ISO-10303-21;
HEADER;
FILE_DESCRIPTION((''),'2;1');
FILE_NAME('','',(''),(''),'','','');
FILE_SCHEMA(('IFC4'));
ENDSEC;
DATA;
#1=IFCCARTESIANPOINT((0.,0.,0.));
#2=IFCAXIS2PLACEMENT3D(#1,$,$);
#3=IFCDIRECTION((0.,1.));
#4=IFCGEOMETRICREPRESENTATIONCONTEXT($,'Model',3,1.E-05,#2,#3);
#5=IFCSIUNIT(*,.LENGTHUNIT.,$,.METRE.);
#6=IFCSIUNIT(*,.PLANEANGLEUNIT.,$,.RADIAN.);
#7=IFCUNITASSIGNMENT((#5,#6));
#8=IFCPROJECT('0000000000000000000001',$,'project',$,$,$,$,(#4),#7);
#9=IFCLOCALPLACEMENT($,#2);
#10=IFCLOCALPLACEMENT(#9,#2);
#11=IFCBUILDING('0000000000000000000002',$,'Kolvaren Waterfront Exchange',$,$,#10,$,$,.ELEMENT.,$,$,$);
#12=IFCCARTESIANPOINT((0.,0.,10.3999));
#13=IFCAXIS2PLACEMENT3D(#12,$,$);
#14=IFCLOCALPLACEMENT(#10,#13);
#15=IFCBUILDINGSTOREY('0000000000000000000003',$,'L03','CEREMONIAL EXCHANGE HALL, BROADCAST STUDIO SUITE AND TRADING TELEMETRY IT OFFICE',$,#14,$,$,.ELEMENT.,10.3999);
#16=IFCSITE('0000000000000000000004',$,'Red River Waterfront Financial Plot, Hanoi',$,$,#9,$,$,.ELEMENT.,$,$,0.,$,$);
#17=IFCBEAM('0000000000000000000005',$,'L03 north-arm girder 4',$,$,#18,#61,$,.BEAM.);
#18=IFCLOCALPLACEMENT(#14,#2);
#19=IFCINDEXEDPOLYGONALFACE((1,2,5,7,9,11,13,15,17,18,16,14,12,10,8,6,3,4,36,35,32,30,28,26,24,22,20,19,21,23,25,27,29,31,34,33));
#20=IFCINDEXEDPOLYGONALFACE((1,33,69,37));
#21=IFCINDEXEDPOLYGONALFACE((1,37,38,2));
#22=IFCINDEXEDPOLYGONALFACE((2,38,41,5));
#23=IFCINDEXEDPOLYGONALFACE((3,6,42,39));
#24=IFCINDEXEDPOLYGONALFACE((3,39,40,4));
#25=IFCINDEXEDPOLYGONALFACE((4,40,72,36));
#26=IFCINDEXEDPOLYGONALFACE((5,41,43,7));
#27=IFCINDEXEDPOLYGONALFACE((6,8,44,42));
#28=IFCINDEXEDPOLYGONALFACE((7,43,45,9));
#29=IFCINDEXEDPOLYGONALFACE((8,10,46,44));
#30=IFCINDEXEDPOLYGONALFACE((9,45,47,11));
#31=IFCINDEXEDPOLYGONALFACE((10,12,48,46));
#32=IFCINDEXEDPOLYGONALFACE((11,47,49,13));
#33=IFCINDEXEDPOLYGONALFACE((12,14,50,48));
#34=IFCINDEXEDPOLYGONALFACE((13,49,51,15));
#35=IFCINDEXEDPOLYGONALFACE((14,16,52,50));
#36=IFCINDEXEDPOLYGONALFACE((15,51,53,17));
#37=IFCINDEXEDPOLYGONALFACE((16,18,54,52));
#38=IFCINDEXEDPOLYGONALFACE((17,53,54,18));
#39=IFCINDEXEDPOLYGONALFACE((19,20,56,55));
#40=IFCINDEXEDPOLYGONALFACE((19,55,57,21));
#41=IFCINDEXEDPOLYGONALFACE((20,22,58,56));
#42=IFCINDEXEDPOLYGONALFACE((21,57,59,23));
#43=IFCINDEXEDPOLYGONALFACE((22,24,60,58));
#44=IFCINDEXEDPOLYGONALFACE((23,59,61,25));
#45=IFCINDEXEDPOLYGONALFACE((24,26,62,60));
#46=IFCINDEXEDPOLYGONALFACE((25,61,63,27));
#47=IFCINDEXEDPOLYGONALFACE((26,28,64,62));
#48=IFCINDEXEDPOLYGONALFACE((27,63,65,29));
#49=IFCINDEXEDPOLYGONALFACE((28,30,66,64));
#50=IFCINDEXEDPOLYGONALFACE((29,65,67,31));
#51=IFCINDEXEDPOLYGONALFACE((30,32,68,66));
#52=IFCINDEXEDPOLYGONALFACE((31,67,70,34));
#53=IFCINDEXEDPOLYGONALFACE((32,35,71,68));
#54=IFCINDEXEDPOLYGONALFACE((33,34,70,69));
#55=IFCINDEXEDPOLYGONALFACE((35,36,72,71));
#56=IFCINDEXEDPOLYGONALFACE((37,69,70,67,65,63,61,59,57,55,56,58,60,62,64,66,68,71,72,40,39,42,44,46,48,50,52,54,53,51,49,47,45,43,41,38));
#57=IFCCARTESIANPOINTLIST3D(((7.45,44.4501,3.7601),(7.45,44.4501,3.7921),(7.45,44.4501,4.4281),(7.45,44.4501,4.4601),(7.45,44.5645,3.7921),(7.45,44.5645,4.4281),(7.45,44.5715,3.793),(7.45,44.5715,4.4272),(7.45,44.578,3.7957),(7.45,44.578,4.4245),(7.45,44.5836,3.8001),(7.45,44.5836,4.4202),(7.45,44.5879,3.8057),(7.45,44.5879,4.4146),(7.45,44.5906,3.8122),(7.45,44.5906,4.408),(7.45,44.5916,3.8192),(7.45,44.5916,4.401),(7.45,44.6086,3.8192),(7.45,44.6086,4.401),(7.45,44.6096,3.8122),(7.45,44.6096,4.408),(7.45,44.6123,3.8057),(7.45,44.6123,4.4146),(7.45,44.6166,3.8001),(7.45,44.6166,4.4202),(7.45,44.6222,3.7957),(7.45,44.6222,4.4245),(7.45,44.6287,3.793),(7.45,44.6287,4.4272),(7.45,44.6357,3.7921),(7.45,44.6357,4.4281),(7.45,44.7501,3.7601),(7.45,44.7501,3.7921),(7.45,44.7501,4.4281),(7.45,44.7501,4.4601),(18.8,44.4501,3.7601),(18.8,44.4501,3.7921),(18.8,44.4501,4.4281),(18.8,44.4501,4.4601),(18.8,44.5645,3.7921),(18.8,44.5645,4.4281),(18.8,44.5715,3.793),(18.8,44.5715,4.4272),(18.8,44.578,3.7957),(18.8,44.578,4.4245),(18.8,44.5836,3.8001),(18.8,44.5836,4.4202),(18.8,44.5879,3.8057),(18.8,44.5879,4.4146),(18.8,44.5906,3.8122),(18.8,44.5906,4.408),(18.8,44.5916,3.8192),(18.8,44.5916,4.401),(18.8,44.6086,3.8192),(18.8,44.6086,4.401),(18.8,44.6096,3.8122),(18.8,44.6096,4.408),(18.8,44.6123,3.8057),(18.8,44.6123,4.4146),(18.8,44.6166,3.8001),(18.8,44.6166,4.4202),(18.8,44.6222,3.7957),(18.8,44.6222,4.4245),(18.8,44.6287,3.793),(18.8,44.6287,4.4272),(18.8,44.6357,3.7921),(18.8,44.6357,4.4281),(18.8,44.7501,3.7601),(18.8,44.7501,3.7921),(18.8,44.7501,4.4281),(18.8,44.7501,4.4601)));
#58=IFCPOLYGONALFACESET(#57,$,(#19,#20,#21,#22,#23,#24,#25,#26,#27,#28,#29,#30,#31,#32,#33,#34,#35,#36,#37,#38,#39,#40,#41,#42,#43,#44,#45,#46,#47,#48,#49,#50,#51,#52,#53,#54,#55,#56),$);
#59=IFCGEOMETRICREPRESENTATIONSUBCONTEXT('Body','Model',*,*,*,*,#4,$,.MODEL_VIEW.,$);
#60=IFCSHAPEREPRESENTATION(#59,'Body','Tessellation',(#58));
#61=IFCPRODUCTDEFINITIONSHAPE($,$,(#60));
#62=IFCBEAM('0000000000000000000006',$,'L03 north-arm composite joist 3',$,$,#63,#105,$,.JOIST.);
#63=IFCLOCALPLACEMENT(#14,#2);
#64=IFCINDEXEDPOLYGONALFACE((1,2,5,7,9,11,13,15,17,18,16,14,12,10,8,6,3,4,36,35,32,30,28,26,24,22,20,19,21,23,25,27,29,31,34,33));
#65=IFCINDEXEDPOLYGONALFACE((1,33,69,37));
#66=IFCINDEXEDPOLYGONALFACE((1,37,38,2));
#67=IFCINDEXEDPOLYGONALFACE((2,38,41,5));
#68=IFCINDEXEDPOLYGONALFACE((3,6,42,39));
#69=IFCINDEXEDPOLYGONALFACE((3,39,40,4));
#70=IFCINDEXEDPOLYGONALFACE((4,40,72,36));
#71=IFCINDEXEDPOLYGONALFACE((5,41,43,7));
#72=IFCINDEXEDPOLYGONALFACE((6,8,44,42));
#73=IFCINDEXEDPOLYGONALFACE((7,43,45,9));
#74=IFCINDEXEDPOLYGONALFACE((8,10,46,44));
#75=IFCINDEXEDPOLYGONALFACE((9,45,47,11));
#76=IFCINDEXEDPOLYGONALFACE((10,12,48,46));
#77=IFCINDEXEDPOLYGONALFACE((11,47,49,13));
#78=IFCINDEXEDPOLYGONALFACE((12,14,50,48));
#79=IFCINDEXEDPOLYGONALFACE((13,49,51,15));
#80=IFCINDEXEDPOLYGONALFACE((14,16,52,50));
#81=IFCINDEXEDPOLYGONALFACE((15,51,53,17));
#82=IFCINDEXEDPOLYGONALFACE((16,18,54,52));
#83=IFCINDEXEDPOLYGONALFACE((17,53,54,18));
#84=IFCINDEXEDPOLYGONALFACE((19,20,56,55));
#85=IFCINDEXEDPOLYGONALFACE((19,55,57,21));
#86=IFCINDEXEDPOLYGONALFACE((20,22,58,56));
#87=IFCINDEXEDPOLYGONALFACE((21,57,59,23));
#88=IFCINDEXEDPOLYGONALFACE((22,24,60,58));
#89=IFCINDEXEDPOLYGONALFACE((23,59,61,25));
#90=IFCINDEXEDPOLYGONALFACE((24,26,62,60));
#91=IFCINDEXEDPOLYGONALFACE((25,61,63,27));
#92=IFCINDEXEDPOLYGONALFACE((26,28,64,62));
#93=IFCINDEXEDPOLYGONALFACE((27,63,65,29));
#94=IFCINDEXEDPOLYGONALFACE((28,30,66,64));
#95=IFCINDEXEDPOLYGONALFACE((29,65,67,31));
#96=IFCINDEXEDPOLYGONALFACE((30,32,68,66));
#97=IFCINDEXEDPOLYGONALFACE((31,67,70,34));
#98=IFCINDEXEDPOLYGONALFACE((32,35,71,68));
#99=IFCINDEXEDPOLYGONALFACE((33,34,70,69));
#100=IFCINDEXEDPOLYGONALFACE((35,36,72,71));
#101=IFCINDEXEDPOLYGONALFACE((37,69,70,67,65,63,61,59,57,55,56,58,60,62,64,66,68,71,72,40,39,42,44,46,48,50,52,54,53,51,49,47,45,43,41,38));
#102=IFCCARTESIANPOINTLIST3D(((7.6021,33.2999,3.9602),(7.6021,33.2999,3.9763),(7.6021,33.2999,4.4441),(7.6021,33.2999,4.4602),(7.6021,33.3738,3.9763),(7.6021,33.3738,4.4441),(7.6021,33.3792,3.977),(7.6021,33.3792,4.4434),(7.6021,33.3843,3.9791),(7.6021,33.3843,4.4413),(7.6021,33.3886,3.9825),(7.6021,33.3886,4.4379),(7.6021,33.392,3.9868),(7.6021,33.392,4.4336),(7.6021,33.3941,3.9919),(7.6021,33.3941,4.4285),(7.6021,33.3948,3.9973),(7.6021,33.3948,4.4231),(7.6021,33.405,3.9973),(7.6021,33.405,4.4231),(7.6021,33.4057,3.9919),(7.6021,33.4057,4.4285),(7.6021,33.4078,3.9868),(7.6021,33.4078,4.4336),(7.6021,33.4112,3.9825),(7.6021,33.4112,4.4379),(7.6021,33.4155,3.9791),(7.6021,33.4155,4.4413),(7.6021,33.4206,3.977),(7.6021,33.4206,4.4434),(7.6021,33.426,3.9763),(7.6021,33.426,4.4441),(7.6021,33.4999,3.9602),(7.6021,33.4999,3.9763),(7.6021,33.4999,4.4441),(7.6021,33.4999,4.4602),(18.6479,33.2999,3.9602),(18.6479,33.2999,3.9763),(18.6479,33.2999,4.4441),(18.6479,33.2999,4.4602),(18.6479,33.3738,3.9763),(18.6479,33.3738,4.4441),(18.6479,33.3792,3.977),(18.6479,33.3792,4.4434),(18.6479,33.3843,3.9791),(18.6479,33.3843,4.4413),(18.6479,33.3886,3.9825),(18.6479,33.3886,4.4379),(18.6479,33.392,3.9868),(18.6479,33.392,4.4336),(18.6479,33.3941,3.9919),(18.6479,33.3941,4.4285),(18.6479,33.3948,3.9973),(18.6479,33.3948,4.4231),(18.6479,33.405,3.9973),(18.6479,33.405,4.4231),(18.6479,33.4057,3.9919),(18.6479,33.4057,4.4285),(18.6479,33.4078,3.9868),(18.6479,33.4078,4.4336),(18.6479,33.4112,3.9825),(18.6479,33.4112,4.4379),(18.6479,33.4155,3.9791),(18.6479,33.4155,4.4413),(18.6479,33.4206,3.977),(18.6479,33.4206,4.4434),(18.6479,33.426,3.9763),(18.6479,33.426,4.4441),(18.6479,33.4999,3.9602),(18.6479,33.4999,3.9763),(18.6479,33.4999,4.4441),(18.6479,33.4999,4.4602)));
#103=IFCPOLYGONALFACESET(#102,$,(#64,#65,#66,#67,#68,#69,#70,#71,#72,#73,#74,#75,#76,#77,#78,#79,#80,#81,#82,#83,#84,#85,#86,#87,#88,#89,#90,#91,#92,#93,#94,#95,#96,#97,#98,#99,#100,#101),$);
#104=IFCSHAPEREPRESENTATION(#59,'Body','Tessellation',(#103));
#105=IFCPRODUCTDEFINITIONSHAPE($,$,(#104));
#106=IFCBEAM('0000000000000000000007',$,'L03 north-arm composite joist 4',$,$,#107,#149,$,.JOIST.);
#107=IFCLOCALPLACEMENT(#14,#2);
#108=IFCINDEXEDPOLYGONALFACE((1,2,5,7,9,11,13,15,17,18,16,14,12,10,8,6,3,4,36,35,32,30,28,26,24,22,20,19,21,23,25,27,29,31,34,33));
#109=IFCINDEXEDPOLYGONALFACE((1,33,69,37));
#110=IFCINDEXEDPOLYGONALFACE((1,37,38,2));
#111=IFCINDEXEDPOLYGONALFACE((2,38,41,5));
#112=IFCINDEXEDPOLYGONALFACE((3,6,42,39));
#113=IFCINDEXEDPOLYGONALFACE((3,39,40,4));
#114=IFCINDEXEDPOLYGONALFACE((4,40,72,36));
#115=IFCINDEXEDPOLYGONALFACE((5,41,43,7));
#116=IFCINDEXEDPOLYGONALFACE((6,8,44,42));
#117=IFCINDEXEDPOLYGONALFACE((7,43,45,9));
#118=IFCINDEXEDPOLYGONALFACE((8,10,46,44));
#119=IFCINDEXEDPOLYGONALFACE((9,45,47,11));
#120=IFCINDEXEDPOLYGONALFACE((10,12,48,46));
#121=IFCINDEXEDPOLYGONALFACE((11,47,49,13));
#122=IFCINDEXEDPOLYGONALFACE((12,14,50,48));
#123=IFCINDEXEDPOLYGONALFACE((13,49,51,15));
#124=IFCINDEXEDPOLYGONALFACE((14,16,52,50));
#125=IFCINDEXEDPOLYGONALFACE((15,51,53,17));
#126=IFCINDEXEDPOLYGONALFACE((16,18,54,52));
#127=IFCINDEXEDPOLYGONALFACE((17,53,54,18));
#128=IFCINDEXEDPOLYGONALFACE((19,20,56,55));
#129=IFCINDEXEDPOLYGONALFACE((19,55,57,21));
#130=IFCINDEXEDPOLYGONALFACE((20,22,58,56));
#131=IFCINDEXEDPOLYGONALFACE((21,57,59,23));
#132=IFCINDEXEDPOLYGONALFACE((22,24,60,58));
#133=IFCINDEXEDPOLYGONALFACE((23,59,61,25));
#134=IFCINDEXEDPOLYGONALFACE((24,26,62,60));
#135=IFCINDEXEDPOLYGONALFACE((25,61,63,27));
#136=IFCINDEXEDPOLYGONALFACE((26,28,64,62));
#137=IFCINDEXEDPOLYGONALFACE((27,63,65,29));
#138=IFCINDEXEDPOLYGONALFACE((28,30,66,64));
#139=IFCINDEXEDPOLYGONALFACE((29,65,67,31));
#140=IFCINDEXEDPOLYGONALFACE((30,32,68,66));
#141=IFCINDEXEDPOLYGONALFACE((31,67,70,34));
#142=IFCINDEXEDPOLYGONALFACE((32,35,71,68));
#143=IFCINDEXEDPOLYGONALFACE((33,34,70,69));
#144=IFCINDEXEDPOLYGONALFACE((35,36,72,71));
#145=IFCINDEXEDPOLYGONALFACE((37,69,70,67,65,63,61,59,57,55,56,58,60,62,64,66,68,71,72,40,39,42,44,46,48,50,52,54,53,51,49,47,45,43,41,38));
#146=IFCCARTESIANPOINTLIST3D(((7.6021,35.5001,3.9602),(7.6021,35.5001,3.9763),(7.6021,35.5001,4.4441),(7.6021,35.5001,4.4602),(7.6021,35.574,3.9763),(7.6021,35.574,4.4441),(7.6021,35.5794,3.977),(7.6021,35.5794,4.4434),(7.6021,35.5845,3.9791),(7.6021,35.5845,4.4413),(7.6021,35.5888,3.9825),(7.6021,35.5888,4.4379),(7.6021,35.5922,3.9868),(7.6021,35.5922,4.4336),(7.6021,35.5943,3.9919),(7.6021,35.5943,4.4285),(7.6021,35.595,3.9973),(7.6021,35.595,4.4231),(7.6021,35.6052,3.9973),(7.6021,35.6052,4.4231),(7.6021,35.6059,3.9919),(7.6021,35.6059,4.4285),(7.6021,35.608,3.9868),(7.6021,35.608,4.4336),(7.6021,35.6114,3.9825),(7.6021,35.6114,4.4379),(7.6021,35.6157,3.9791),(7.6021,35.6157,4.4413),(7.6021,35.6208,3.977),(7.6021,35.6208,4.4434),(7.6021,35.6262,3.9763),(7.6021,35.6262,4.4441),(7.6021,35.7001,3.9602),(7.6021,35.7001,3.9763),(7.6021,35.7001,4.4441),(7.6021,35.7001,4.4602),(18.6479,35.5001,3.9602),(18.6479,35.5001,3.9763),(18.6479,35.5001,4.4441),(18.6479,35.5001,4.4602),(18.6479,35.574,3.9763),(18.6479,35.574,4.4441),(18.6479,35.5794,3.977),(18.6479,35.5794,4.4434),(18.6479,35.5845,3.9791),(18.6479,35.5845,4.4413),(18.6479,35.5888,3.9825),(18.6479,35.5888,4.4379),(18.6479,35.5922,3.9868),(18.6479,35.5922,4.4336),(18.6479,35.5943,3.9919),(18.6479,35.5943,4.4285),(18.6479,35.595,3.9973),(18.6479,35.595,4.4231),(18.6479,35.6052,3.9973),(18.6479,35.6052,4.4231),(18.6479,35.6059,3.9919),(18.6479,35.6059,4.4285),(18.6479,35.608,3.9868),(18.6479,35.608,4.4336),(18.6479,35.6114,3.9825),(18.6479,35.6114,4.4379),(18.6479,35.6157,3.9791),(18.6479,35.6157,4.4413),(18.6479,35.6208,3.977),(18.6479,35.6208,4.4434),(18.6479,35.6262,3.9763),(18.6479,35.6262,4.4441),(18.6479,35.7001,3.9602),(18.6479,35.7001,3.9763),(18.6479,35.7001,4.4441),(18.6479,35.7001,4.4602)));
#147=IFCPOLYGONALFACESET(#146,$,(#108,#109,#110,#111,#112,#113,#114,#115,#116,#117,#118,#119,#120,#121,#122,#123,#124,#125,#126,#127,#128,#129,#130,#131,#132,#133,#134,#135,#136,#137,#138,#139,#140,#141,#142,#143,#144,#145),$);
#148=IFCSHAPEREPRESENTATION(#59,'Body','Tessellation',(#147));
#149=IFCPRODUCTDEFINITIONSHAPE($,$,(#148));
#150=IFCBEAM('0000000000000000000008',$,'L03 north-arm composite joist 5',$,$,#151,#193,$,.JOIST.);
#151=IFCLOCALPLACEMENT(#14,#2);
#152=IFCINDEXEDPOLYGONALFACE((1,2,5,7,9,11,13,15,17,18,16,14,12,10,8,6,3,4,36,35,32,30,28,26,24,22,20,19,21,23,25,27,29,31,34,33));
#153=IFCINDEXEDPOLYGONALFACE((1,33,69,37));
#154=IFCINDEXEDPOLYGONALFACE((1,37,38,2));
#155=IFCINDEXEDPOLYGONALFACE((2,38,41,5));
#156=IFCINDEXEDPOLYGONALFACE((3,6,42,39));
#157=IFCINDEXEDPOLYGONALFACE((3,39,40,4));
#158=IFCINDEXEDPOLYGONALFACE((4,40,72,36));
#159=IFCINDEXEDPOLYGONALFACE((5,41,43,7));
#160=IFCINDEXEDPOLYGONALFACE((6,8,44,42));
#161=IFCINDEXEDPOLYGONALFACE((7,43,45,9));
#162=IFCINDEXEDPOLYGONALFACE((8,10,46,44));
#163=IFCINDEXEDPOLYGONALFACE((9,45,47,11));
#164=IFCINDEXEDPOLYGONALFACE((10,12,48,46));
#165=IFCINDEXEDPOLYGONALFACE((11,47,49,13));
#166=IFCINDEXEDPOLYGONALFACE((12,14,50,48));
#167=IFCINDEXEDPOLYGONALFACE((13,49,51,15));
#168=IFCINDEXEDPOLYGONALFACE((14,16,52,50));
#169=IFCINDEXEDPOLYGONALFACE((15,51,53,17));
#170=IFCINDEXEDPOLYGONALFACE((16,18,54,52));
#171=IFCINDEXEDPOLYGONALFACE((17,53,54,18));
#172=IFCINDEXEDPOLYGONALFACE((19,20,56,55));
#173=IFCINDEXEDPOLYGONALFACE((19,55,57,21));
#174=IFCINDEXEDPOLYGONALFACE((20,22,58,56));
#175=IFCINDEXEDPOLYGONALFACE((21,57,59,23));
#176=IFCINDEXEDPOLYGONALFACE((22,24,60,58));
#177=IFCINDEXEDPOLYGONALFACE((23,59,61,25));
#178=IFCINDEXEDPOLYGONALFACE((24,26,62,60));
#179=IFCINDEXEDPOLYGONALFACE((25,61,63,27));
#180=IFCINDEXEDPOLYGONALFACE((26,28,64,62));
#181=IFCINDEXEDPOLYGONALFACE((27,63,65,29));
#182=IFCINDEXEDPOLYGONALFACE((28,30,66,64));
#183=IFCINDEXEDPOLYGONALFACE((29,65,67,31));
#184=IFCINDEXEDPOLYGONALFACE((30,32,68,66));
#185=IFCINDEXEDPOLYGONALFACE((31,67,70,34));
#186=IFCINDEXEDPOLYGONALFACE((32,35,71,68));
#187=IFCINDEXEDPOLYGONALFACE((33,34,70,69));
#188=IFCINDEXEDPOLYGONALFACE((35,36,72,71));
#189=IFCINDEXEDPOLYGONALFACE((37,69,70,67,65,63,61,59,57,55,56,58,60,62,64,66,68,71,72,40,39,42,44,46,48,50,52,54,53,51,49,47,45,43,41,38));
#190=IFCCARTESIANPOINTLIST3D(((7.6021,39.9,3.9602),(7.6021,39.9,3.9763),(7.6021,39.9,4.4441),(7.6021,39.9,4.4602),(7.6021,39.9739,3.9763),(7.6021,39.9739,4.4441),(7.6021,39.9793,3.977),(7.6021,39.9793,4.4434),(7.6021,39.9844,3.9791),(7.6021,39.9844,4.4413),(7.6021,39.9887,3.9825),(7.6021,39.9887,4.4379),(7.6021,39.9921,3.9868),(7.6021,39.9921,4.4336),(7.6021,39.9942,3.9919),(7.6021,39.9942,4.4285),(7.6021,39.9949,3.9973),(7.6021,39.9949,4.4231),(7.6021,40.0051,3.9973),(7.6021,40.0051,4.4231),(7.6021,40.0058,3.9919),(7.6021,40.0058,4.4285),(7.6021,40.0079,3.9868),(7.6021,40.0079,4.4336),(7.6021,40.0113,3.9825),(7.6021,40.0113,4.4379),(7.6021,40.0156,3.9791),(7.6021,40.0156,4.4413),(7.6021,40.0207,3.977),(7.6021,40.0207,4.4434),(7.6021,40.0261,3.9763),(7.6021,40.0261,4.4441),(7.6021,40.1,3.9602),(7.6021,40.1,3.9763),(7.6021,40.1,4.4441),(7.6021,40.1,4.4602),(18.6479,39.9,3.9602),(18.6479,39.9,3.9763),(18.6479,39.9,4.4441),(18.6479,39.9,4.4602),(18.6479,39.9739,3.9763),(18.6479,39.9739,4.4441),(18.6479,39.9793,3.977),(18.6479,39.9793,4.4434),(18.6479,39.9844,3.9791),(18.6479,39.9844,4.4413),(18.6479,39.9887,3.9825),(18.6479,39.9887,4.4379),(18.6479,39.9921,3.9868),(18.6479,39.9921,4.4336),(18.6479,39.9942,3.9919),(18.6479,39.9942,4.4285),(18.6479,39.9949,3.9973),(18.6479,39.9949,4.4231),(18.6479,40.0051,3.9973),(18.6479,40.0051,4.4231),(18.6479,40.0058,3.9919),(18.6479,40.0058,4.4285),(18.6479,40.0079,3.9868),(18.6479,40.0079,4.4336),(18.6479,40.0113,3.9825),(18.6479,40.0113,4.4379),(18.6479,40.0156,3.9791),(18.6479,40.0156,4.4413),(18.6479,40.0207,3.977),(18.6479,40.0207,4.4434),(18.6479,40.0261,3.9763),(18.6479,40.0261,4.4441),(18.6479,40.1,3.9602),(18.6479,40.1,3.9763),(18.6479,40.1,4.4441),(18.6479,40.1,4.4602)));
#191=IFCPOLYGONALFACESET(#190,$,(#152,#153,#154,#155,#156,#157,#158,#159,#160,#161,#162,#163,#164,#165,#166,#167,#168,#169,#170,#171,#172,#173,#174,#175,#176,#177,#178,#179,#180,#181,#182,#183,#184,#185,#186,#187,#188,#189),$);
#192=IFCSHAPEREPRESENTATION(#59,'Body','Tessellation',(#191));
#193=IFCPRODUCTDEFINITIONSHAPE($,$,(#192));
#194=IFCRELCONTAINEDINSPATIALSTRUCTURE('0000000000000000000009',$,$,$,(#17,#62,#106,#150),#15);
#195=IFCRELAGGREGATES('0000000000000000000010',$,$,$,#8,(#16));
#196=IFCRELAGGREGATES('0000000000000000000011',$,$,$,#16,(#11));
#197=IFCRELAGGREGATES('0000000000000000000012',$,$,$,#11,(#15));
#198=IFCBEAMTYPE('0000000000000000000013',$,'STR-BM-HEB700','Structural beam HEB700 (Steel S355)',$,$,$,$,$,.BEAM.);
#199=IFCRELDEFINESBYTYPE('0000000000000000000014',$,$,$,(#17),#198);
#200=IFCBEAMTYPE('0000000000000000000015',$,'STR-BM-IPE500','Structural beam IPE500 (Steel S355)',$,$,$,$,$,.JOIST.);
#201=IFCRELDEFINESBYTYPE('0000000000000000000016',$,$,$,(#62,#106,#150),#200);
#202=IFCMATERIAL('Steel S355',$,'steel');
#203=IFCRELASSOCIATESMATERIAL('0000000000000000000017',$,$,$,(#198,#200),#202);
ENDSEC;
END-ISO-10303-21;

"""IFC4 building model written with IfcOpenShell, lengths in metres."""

from ifc_helpers import new_model, si_unit, direction, frame, origin, origin_2d, place, context, subcontext, project, spatial, i_section, extrude, material, material_profile, profile_set, type_object, element, save


model = new_model("IFC4")

# Units and contexts
model_context = context("Model", 3, precision=1e-05, world=origin(), true_north=direction((0.0, 1.0)))
body_context = subcontext(model_context, "Body", "Model", "MODEL_VIEW")
ifc_project = project(units=[si_unit("LENGTHUNIT", "METRE"), si_unit("PLANEANGLEUNIT", "RADIAN")], contexts=[model_context])

# Site, building, storey
site_placement = place(None, origin())
site = spatial("IfcSite", under=ifc_project, at=site_placement, Name="Red River Waterfront Financial Plot, Hanoi", CompositionType="ELEMENT", RefElevation=0.0)
building_placement = place(site_placement, origin())
building = spatial("IfcBuilding", under=site, at=building_placement, Name="Kolvaren Waterfront Exchange", CompositionType="ELEMENT")
storey_placement = place(building_placement, frame((0.0, 0.0, 10.3999)))
storey = spatial("IfcBuildingStorey", under=building, at=storey_placement, Name="L03", Description="CEREMONIAL EXCHANGE HALL, BROADCAST STUDIO SUITE AND TRADING TELEMETRY IT OFFICE", CompositionType="ELEMENT", Elevation=10.3999)

# Beams
ifc_material_1 = material(Name="Steel S355", Category="steel")
ifc_material_profile_1 = material_profile(ifc_material_1, i_section(OverallWidth=0.3, OverallDepth=0.7, WebThickness=0.0171, FlangeThickness=0.032, FilletRadius=0.0271, at=origin_2d()), Name="HEB700")
ifc_profile_set_1 = profile_set([ifc_material_profile_1], Name="Steel S355")
beam_type_1 = type_object("IfcBeamType", Name="STR-BM-HEB700", Description="Structural beam HEB700 (Steel S355)", PredefinedType="BEAM", material=ifc_profile_set_1)
for number, where, z_axis, x_axis, name in (
    (1, (7.45, 44.6001, 4.1101), (1.0, 0.0, 0.0), (0.0, 1.0, 0.0), "L03 north-arm girder 4"),
):
    element("IfcBeam", number, at=place(storey_placement, frame(where, z_axis=z_axis, x_axis=x_axis)), inside=storey, type_object=beam_type_1, Name=name, PredefinedType="BEAM", context=body_context, shape_type="SweptSolid", body=[
        extrude(i_section(OverallWidth=0.3, OverallDepth=0.7, WebThickness=0.0171, FlangeThickness=0.032, FilletRadius=0.0271, at=origin_2d()), origin(), (0.0, 0.0, 1.0), 11.3501),
    ])
ifc_material_profile_2 = material_profile(ifc_material_1, i_section(OverallWidth=0.2, OverallDepth=0.5, WebThickness=0.0103, FlangeThickness=0.0161, FilletRadius=0.021, at=origin_2d()), Name="IPE500")
ifc_profile_set_2 = profile_set([ifc_material_profile_2], Name="Steel S355")
beam_type_2 = type_object("IfcBeamType", Name="STR-BM-IPE500", Description="Structural beam IPE500 (Steel S355)", PredefinedType="JOIST", material=ifc_profile_set_2)
for number, where, z_axis, x_axis, name in (
    (2, (7.6021, 33.3999, 4.2102), (1.0, 0.0, 0.0), (0.0, 1.0, 0.0), "L03 north-arm composite joist 3"),
    (3, (7.6021, 35.6001, 4.2102), (1.0, 0.0, 0.0), (0.0, 1.0, 0.0), "L03 north-arm composite joist 4"),
    (4, (7.6021, 40.0, 4.2102), (1.0, 0.0, 0.0), (0.0, 1.0, 0.0), "L03 north-arm composite joist 5"),
):
    element("IfcBeam", number, at=place(storey_placement, frame(where, z_axis=z_axis, x_axis=x_axis)), inside=storey, type_object=beam_type_2, Name=name, PredefinedType="JOIST", context=body_context, shape_type="SweptSolid", body=[
        extrude(i_section(OverallWidth=0.2, OverallDepth=0.5, WebThickness=0.0103, FlangeThickness=0.0161, FilletRadius=0.021, at=origin_2d()), origin(), (0.0, 0.0, 1.0), 11.0459),
    ])

save(model, "model.ifc")
